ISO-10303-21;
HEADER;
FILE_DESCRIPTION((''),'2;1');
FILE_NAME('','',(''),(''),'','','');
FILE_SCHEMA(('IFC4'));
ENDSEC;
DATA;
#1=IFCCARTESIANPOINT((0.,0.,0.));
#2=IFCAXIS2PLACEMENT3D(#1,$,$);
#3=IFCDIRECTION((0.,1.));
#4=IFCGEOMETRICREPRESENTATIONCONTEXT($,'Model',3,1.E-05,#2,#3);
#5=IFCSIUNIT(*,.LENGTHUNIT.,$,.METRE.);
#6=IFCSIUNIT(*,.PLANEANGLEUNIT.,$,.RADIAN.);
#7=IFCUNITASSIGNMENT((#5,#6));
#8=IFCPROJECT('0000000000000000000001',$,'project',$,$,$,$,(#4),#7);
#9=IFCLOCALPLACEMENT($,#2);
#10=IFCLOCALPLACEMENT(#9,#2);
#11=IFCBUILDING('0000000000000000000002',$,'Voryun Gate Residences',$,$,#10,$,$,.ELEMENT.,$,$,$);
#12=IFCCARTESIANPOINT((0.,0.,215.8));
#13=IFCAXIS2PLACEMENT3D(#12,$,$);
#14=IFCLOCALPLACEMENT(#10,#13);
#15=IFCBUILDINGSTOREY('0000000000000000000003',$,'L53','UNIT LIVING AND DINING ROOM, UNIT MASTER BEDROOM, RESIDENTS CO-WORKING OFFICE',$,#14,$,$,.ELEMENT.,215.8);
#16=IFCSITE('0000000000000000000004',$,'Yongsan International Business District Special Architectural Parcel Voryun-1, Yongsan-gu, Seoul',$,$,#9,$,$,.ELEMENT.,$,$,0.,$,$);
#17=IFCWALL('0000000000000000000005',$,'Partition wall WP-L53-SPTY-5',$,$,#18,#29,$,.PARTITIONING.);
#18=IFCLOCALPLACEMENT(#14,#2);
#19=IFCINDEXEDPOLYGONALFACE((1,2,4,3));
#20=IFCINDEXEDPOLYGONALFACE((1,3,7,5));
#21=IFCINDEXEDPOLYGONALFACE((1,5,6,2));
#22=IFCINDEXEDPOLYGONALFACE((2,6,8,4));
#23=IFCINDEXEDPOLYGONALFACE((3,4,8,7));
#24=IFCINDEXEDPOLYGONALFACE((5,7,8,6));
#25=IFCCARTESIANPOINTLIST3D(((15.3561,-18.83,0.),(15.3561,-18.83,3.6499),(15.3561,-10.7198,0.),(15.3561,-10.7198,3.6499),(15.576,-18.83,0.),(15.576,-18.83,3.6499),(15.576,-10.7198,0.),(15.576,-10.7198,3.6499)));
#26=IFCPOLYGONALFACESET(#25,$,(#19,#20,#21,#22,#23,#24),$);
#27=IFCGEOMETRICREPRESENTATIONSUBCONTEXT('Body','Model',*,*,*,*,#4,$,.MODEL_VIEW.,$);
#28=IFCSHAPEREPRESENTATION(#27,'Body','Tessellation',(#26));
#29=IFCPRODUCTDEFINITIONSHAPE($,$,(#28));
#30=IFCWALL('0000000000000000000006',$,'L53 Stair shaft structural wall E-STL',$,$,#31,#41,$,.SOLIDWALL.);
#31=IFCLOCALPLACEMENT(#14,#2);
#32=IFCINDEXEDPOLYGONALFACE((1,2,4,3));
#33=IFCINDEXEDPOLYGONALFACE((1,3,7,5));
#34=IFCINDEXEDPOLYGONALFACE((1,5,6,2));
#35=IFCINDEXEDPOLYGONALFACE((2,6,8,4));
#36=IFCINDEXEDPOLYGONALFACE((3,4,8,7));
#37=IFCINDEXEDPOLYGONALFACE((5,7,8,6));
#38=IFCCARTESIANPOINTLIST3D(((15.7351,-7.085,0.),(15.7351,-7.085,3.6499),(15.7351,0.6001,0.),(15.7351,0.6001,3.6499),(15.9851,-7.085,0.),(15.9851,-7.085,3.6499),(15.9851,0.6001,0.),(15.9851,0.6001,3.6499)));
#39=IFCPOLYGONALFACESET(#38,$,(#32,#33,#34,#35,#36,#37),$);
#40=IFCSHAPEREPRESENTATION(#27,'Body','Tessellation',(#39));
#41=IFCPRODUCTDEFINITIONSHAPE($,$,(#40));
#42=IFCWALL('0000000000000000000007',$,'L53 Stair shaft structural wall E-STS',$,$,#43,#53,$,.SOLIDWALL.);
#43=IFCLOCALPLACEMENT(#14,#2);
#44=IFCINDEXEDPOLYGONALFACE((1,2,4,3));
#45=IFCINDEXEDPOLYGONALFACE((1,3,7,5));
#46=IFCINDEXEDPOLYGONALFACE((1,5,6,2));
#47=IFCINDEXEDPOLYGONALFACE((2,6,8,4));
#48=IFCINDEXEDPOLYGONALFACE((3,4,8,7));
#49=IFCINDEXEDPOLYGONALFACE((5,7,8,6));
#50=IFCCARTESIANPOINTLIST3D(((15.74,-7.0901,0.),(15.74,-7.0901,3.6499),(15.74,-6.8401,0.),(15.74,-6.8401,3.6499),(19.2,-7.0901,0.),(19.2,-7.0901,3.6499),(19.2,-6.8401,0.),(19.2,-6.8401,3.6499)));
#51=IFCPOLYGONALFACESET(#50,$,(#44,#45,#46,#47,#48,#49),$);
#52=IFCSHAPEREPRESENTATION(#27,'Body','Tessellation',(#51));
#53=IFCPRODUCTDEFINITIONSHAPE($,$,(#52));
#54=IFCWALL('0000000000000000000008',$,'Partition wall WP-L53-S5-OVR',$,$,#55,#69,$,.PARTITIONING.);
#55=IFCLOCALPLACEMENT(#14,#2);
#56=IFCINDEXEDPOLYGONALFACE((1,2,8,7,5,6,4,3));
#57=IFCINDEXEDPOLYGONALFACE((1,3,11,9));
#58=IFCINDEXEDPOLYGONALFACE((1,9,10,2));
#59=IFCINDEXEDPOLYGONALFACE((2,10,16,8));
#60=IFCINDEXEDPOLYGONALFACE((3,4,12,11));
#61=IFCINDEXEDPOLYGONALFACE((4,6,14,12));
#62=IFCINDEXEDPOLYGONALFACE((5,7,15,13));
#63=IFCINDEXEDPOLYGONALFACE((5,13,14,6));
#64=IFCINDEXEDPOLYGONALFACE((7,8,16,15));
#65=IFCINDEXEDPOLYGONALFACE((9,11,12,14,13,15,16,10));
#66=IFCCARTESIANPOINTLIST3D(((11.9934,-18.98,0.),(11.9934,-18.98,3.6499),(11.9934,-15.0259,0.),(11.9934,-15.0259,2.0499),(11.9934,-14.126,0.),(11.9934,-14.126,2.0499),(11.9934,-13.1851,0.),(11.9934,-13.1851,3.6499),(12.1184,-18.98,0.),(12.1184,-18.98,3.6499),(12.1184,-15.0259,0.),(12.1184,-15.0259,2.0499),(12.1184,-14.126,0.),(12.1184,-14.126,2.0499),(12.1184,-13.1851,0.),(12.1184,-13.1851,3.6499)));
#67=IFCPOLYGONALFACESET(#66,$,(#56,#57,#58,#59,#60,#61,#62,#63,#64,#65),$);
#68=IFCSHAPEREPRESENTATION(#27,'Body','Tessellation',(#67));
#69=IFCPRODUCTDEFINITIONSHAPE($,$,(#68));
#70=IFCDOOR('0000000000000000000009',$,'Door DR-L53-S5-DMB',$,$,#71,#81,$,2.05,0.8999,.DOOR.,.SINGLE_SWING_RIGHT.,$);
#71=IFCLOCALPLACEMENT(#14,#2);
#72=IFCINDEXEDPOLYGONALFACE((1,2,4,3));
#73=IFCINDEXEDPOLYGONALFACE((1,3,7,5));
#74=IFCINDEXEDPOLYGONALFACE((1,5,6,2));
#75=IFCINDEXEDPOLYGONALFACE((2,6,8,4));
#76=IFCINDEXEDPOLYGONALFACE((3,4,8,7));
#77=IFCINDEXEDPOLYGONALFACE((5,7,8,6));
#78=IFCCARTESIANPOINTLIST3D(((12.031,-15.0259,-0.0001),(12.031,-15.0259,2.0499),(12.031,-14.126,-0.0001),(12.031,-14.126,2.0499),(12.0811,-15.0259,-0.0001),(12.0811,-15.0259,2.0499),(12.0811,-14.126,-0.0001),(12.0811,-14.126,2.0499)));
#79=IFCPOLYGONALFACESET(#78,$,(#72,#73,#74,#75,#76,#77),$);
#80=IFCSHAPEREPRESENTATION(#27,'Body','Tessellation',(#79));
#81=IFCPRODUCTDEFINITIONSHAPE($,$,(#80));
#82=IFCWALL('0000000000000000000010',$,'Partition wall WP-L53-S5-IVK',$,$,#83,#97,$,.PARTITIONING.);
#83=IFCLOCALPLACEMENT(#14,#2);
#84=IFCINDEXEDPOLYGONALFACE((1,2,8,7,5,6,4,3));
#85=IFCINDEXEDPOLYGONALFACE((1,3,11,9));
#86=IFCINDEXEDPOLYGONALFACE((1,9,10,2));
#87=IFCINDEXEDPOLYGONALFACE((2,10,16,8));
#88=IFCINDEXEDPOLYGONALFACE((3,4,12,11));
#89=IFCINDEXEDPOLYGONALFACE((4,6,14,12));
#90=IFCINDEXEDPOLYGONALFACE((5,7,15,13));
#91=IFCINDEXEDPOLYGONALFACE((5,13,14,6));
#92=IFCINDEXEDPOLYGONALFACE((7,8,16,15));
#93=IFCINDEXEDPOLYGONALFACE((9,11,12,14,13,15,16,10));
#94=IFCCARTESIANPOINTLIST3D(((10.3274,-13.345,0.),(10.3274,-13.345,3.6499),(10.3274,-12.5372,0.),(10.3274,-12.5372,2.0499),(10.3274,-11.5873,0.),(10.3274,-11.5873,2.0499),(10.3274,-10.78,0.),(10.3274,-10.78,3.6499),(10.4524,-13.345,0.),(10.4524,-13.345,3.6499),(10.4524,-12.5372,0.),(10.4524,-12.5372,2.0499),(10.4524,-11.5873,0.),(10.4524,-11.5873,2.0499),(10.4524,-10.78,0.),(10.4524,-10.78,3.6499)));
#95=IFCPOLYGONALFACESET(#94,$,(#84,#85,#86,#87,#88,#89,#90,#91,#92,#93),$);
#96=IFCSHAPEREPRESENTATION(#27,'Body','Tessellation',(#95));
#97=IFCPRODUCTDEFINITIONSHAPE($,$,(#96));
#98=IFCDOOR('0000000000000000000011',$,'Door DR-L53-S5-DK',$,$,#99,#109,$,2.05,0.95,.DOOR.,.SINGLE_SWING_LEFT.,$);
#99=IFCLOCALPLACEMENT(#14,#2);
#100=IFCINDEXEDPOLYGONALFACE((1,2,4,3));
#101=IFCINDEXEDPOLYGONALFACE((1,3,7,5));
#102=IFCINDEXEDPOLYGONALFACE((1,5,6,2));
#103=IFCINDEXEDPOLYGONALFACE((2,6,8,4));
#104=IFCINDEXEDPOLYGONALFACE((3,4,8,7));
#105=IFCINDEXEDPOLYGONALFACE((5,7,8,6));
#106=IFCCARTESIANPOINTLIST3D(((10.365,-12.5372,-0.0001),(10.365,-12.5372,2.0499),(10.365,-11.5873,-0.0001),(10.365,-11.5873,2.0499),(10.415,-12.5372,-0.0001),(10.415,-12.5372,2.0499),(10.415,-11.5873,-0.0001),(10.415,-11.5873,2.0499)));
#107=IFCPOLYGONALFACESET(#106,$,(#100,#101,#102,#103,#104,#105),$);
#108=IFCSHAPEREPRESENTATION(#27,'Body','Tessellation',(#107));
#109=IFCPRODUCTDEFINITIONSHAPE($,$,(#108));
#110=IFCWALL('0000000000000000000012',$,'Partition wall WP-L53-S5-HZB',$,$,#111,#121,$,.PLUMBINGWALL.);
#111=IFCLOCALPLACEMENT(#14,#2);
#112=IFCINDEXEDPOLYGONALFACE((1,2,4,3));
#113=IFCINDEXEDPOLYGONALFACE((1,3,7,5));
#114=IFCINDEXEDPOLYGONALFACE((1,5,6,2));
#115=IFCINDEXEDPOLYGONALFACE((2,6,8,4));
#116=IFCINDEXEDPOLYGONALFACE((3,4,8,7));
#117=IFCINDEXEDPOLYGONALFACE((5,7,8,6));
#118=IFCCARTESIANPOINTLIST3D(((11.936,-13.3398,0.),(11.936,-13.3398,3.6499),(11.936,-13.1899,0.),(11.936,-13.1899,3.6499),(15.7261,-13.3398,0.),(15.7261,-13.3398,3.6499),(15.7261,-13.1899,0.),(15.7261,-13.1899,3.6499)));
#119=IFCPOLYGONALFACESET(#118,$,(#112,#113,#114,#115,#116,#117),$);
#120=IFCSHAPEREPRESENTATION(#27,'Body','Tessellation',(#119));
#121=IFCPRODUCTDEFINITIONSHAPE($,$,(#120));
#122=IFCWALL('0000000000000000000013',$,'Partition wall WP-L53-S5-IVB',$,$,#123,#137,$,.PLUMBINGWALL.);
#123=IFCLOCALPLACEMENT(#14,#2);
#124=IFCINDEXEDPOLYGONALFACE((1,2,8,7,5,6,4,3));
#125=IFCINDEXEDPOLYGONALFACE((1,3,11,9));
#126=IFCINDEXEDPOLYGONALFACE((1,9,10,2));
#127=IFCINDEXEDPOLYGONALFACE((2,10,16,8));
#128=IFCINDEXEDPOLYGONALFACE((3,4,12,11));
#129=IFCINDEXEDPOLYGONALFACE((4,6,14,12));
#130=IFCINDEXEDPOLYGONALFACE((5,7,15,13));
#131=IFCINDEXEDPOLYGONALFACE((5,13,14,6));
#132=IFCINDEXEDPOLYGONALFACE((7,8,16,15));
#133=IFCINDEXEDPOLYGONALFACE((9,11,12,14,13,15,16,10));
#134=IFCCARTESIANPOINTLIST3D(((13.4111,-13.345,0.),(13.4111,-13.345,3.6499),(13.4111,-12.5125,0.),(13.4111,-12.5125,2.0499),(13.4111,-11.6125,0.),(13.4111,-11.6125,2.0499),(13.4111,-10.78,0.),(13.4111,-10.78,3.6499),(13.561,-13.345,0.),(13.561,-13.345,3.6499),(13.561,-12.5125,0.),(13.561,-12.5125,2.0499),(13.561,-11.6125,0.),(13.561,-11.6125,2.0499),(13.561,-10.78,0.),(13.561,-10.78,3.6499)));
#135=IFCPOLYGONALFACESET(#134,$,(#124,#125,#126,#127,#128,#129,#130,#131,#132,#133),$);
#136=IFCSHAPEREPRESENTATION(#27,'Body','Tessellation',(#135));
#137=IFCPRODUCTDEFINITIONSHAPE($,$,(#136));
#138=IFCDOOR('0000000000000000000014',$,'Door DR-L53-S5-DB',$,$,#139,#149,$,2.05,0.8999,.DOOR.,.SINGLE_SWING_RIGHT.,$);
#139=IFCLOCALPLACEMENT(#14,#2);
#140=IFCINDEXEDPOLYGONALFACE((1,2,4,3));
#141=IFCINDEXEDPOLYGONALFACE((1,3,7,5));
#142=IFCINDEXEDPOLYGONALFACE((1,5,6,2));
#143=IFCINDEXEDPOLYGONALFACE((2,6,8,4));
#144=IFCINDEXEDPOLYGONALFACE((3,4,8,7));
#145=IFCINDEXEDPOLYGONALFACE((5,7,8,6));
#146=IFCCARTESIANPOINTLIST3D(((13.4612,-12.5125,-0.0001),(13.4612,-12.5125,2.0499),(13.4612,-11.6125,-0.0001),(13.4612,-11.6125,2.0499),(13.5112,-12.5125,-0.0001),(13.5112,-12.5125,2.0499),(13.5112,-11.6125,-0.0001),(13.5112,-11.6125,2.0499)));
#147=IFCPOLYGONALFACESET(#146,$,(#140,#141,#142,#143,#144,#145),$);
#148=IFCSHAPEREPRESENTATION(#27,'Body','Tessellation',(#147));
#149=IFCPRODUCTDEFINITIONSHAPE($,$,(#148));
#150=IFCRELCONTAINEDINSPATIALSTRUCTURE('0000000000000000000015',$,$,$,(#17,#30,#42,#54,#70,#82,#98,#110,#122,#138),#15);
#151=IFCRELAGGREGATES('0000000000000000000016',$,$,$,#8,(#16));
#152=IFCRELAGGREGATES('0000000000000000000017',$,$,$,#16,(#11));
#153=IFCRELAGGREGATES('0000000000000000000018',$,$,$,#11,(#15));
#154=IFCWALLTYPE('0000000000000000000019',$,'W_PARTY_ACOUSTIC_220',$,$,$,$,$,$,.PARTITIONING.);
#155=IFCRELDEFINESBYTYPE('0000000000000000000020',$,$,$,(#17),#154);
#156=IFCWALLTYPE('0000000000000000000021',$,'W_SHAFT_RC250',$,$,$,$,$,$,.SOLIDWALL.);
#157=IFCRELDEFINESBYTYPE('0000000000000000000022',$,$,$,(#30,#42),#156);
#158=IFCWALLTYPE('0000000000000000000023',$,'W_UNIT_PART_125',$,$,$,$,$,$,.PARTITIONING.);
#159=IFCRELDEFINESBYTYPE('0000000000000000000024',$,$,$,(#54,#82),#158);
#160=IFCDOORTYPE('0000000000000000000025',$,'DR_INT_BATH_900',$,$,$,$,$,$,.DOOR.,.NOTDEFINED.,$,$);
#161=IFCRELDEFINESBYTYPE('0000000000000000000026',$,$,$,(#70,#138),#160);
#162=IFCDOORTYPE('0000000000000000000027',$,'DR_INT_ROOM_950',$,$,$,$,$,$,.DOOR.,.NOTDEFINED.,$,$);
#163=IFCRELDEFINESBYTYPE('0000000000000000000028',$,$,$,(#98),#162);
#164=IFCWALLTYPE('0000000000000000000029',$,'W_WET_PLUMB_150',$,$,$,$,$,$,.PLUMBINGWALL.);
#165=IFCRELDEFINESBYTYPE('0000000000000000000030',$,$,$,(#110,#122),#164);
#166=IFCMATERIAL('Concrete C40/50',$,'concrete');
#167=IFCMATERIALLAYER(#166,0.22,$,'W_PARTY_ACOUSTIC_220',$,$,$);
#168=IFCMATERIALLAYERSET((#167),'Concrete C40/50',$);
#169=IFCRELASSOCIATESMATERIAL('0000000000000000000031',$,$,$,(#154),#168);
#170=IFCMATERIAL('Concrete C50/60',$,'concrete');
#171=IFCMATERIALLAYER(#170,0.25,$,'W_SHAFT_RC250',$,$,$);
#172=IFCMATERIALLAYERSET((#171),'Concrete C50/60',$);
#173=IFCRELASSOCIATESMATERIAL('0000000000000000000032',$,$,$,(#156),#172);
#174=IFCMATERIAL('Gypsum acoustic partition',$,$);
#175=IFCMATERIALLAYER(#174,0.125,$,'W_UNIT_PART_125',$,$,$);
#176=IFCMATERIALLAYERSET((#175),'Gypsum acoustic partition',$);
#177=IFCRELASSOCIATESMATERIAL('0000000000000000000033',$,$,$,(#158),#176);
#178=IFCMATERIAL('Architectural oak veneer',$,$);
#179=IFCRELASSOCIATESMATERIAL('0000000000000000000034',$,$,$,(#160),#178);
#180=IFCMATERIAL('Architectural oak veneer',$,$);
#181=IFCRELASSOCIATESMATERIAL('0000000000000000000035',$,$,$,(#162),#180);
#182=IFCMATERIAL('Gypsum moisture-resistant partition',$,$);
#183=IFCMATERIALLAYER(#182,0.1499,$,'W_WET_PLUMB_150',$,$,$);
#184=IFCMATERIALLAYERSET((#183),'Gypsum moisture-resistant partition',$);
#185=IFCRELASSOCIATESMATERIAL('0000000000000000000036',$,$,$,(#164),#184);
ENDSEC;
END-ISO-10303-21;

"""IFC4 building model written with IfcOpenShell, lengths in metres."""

from ifc_helpers import new_model, si_unit, direction, frame, frame_2d, origin, place, context, subcontext, project, spatial, rectangle, extrude, material, layer, layer_set, type_object, element, fill, save


model = new_model("IFC4")

# Units and contexts
model_context = context("Model", 3, precision=1e-05, world=origin(), true_north=direction((0.0, 1.0)))
body_context = subcontext(model_context, "Body", "Model", "MODEL_VIEW")
ifc_project = project(units=[si_unit("LENGTHUNIT", "METRE"), si_unit("PLANEANGLEUNIT", "RADIAN")], contexts=[model_context])

# Site, building, storey
site_placement = place(None, origin())
site = spatial("IfcSite", under=ifc_project, at=site_placement, Name="Yongsan International Business District Special Architectural Parcel Voryun-1, Yongsan-gu, Seoul", CompositionType="ELEMENT", RefElevation=0.0)
building_placement = place(site_placement, origin())
building = spatial("IfcBuilding", under=site, at=building_placement, Name="Voryun Gate Residences", CompositionType="ELEMENT")
storey_placement = place(building_placement, frame((0.0, 0.0, 215.8)))
storey = spatial("IfcBuildingStorey", under=building, at=storey_placement, Name="L53", Description="UNIT LIVING AND DINING ROOM, UNIT MASTER BEDROOM, RESIDENTS CO-WORKING OFFICE", CompositionType="ELEMENT", Elevation=215.8)

# Walls
ifc_material_1 = material(Name="Concrete C40/50", Category="concrete")
ifc_layer_1 = layer(ifc_material_1, 0.22, Name="W_PARTY_ACOUSTIC_220")
ifc_layer_set_1 = layer_set([ifc_layer_1], Name="Concrete C40/50")
wall_type_1 = type_object("IfcWallType", Name="W_PARTY_ACOUSTIC_220", PredefinedType="PARTITIONING", material=ifc_layer_set_1)
wall_1_placement = place(storey_placement, frame((15.4661, -18.8301, 0.0), z_axis=(0.0, 0.0, 1.0), x_axis=(0.0, 1.0, 0.0)))
element("IfcWall", 1, at=wall_1_placement, inside=storey, type_object=wall_type_1, Name="Partition wall WP-L53-SPTY-5", PredefinedType="PARTITIONING", context=body_context, shape_type="SweptSolid", body=[
    extrude(rectangle(XDim=8.1101, YDim=0.22, at=frame_2d((4.0552, 0.0))), origin(), (0.0, 0.0, 1.0), 3.6499),
])
ifc_material_2 = material(Name="Concrete C50/60", Category="concrete")
ifc_layer_2 = layer(ifc_material_2, 0.25, Name="W_SHAFT_RC250")
ifc_layer_set_2 = layer_set([ifc_layer_2], Name="Concrete C50/60")
wall_type_2 = type_object("IfcWallType", Name="W_SHAFT_RC250", PredefinedType="SOLIDWALL", material=ifc_layer_set_2)
wall_2_placement = place(storey_placement, frame((15.8601, -7.085, 0.0), z_axis=(0.0, 0.0, 1.0), x_axis=(0.0, 1.0, 0.0)))
element("IfcWall", 2, at=wall_2_placement, inside=storey, type_object=wall_type_2, Name="L53 Stair shaft structural wall E-STL", PredefinedType="SOLIDWALL", context=body_context, shape_type="SweptSolid", body=[
    extrude(rectangle(XDim=7.6851, YDim=0.25, at=frame_2d((3.8425, 0.0))), origin(), (0.0, 0.0, 1.0), 3.6499),
])
wall_3_placement = place(storey_placement, frame((15.74, -6.9651, 0.0), z_axis=(0.0, 0.0, 1.0), x_axis=(1.0, 0.0, 0.0)))
element("IfcWall", 3, at=wall_3_placement, inside=storey, type_object=wall_type_2, Name="L53 Stair shaft structural wall E-STS", PredefinedType="SOLIDWALL", context=body_context, shape_type="SweptSolid", body=[
    extrude(rectangle(XDim=3.46, YDim=0.25, at=frame_2d((1.73, 0.0))), origin(), (0.0, 0.0, 1.0), 3.6499),
])

# Walls, openings, doors
ifc_material_3 = material(Name="Gypsum acoustic partition")
ifc_layer_3 = layer(ifc_material_3, 0.125, Name="W_UNIT_PART_125")
ifc_layer_set_3 = layer_set([ifc_layer_3], Name="Gypsum acoustic partition")
wall_type_3 = type_object("IfcWallType", Name="W_UNIT_PART_125", PredefinedType="PARTITIONING", material=ifc_layer_set_3)
wall_4_placement = place(storey_placement, frame((12.0559, -18.98, 0.0), z_axis=(0.0, 0.0, 1.0), x_axis=(0.0, 1.0, 0.0)))
wall_4 = element("IfcWall", 4, at=wall_4_placement, inside=storey, type_object=wall_type_3, Name="Partition wall WP-L53-S5-OVR", PredefinedType="PARTITIONING", context=body_context, shape_type="SweptSolid", body=[
    extrude(rectangle(XDim=5.7949, YDim=0.125, at=frame_2d((2.8975, 0.0))), origin(), (0.0, 0.0, 1.0), 3.6499),
])
opening_1_placement = place(wall_4_placement, frame((3.9541, 0.0, 0.0)))
opening_1 = element("IfcOpeningElement", 5, at=opening_1_placement, cuts=wall_4, PredefinedType="OPENING", context=body_context, shape_type="SweptSolid", body=[
    extrude(rectangle(XDim=0.8999, YDim=2.05, at=frame_2d((0.45, 1.0249))), frame((0.0, 0.0725, 0.0), z_axis=(0.0, -1.0, 0.0), x_axis=(1.0, 0.0, 0.0)), (0.0, 0.0, 1.0), 0.145),
])
ifc_material_4 = material(Name="Architectural oak veneer")
door_type_1 = type_object("IfcDoorType", Name="DR_INT_BATH_900", OperationType="NOTDEFINED", PredefinedType="DOOR", material=ifc_material_4)
door_1_placement = place(opening_1_placement, origin())
door_1 = element("IfcDoor", 6, at=door_1_placement, inside=storey, type_object=door_type_1, Name="Door DR-L53-S5-DMB", OperationType="SINGLE_SWING_RIGHT", OverallHeight=2.05, OverallWidth=0.8999, PredefinedType="DOOR", context=body_context, shape_type="SweptSolid", body=[
    extrude(rectangle(XDim=0.8999, YDim=2.05, at=frame_2d((0.45, 1.0249))), frame((0.0, 0.0249, 0.0), z_axis=(0.0, -1.0, 0.0), x_axis=(1.0, 0.0, 0.0)), (0.0, 0.0, 1.0), 0.05),
])
fill(opening_1, door_1)
wall_5_placement = place(storey_placement, frame((10.3899, -13.345, 0.0), z_axis=(0.0, 0.0, 1.0), x_axis=(0.0, 1.0, 0.0)))
wall_5 = element("IfcWall", 7, at=wall_5_placement, inside=storey, type_object=wall_type_3, Name="Partition wall WP-L53-S5-IVK", PredefinedType="PARTITIONING", context=body_context, shape_type="SweptSolid", body=[
    extrude(rectangle(XDim=2.5649, YDim=0.125, at=frame_2d((1.2825, 0.0))), origin(), (0.0, 0.0, 1.0), 3.6499),
])
opening_2_placement = place(wall_5_placement, frame((0.8076, 0.0, 0.0)))
opening_2 = element("IfcOpeningElement", 8, at=opening_2_placement, cuts=wall_5, PredefinedType="OPENING", context=body_context, shape_type="SweptSolid", body=[
    extrude(rectangle(XDim=0.95, YDim=2.05, at=frame_2d((0.4751, 1.0249))), frame((0.0, 0.0725, 0.0), z_axis=(0.0, -1.0, 0.0), x_axis=(1.0, 0.0, 0.0)), (0.0, 0.0, 1.0), 0.145),
])
ifc_material_5 = material(Name="Architectural oak veneer")
door_type_2 = type_object("IfcDoorType", Name="DR_INT_ROOM_950", OperationType="NOTDEFINED", PredefinedType="DOOR", material=ifc_material_5)
door_2_placement = place(opening_2_placement, origin())
door_2 = element("IfcDoor", 9, at=door_2_placement, inside=storey, type_object=door_type_2, Name="Door DR-L53-S5-DK", OperationType="SINGLE_SWING_LEFT", OverallHeight=2.05, OverallWidth=0.95, PredefinedType="DOOR", context=body_context, shape_type="SweptSolid", body=[
    extrude(rectangle(XDim=0.95, YDim=2.05, at=frame_2d((0.4751, 1.0249))), frame((0.0, 0.0249, 0.0), z_axis=(0.0, -1.0, 0.0), x_axis=(1.0, 0.0, 0.0)), (0.0, 0.0, 1.0), 0.05),
])
fill(opening_2, door_2)

# Wall
ifc_material_6 = material(Name="Gypsum moisture-resistant partition")
ifc_layer_4 = layer(ifc_material_6, 0.1499, Name="W_WET_PLUMB_150")
ifc_layer_set_4 = layer_set([ifc_layer_4], Name="Gypsum moisture-resistant partition")
wall_type_4 = type_object("IfcWallType", Name="W_WET_PLUMB_150", PredefinedType="PLUMBINGWALL", material=ifc_layer_set_4)
wall_6_placement = place(storey_placement, frame((11.936, -13.2649, 0.0), z_axis=(0.0, 0.0, 1.0), x_axis=(1.0, 0.0, 0.0)))
element("IfcWall", 10, at=wall_6_placement, inside=storey, type_object=wall_type_4, Name="Partition wall WP-L53-S5-HZB", PredefinedType="PLUMBINGWALL", context=body_context, shape_type="SweptSolid", body=[
    extrude(rectangle(XDim=3.79, YDim=0.1499, at=frame_2d((1.895, 0.0))), origin(), (0.0, 0.0, 1.0), 3.6499),
])

# Wall, opening, door
wall_7_placement = place(storey_placement, frame((13.4861, -13.345, 0.0), z_axis=(0.0, 0.0, 1.0), x_axis=(0.0, 1.0, 0.0)))
wall_7 = element("IfcWall", 11, at=wall_7_placement, inside=storey, type_object=wall_type_4, Name="Partition wall WP-L53-S5-IVB", PredefinedType="PLUMBINGWALL", context=body_context, shape_type="SweptSolid", body=[
    extrude(rectangle(XDim=2.5649, YDim=0.1499, at=frame_2d((1.2825, 0.0))), origin(), (0.0, 0.0, 1.0), 3.6499),
])
opening_3_placement = place(wall_7_placement, frame((0.8325, 0.0, 0.0)))
opening_3 = element("IfcOpeningElement", 12, at=opening_3_placement, cuts=wall_7, PredefinedType="OPENING", context=body_context, shape_type="SweptSolid", body=[
    extrude(rectangle(XDim=0.8999, YDim=2.05, at=frame_2d((0.45, 1.0249))), frame((0.0, 0.085, 0.0), z_axis=(0.0, -1.0, 0.0), x_axis=(1.0, 0.0, 0.0)), (0.0, 0.0, 1.0), 0.1699),
])
door_3_placement = place(opening_3_placement, origin())
door_3 = element("IfcDoor", 13, at=door_3_placement, inside=storey, type_object=door_type_1, Name="Door DR-L53-S5-DB", OperationType="SINGLE_SWING_RIGHT", OverallHeight=2.05, OverallWidth=0.8999, PredefinedType="DOOR", context=body_context, shape_type="SweptSolid", body=[
    extrude(rectangle(XDim=0.8999, YDim=2.05, at=frame_2d((0.45, 1.0249))), frame((0.0, 0.0249, 0.0), z_axis=(0.0, -1.0, 0.0), x_axis=(1.0, 0.0, 0.0)), (0.0, 0.0, 1.0), 0.05),
])
fill(opening_3, door_3)

save(model, "model.ifc")
